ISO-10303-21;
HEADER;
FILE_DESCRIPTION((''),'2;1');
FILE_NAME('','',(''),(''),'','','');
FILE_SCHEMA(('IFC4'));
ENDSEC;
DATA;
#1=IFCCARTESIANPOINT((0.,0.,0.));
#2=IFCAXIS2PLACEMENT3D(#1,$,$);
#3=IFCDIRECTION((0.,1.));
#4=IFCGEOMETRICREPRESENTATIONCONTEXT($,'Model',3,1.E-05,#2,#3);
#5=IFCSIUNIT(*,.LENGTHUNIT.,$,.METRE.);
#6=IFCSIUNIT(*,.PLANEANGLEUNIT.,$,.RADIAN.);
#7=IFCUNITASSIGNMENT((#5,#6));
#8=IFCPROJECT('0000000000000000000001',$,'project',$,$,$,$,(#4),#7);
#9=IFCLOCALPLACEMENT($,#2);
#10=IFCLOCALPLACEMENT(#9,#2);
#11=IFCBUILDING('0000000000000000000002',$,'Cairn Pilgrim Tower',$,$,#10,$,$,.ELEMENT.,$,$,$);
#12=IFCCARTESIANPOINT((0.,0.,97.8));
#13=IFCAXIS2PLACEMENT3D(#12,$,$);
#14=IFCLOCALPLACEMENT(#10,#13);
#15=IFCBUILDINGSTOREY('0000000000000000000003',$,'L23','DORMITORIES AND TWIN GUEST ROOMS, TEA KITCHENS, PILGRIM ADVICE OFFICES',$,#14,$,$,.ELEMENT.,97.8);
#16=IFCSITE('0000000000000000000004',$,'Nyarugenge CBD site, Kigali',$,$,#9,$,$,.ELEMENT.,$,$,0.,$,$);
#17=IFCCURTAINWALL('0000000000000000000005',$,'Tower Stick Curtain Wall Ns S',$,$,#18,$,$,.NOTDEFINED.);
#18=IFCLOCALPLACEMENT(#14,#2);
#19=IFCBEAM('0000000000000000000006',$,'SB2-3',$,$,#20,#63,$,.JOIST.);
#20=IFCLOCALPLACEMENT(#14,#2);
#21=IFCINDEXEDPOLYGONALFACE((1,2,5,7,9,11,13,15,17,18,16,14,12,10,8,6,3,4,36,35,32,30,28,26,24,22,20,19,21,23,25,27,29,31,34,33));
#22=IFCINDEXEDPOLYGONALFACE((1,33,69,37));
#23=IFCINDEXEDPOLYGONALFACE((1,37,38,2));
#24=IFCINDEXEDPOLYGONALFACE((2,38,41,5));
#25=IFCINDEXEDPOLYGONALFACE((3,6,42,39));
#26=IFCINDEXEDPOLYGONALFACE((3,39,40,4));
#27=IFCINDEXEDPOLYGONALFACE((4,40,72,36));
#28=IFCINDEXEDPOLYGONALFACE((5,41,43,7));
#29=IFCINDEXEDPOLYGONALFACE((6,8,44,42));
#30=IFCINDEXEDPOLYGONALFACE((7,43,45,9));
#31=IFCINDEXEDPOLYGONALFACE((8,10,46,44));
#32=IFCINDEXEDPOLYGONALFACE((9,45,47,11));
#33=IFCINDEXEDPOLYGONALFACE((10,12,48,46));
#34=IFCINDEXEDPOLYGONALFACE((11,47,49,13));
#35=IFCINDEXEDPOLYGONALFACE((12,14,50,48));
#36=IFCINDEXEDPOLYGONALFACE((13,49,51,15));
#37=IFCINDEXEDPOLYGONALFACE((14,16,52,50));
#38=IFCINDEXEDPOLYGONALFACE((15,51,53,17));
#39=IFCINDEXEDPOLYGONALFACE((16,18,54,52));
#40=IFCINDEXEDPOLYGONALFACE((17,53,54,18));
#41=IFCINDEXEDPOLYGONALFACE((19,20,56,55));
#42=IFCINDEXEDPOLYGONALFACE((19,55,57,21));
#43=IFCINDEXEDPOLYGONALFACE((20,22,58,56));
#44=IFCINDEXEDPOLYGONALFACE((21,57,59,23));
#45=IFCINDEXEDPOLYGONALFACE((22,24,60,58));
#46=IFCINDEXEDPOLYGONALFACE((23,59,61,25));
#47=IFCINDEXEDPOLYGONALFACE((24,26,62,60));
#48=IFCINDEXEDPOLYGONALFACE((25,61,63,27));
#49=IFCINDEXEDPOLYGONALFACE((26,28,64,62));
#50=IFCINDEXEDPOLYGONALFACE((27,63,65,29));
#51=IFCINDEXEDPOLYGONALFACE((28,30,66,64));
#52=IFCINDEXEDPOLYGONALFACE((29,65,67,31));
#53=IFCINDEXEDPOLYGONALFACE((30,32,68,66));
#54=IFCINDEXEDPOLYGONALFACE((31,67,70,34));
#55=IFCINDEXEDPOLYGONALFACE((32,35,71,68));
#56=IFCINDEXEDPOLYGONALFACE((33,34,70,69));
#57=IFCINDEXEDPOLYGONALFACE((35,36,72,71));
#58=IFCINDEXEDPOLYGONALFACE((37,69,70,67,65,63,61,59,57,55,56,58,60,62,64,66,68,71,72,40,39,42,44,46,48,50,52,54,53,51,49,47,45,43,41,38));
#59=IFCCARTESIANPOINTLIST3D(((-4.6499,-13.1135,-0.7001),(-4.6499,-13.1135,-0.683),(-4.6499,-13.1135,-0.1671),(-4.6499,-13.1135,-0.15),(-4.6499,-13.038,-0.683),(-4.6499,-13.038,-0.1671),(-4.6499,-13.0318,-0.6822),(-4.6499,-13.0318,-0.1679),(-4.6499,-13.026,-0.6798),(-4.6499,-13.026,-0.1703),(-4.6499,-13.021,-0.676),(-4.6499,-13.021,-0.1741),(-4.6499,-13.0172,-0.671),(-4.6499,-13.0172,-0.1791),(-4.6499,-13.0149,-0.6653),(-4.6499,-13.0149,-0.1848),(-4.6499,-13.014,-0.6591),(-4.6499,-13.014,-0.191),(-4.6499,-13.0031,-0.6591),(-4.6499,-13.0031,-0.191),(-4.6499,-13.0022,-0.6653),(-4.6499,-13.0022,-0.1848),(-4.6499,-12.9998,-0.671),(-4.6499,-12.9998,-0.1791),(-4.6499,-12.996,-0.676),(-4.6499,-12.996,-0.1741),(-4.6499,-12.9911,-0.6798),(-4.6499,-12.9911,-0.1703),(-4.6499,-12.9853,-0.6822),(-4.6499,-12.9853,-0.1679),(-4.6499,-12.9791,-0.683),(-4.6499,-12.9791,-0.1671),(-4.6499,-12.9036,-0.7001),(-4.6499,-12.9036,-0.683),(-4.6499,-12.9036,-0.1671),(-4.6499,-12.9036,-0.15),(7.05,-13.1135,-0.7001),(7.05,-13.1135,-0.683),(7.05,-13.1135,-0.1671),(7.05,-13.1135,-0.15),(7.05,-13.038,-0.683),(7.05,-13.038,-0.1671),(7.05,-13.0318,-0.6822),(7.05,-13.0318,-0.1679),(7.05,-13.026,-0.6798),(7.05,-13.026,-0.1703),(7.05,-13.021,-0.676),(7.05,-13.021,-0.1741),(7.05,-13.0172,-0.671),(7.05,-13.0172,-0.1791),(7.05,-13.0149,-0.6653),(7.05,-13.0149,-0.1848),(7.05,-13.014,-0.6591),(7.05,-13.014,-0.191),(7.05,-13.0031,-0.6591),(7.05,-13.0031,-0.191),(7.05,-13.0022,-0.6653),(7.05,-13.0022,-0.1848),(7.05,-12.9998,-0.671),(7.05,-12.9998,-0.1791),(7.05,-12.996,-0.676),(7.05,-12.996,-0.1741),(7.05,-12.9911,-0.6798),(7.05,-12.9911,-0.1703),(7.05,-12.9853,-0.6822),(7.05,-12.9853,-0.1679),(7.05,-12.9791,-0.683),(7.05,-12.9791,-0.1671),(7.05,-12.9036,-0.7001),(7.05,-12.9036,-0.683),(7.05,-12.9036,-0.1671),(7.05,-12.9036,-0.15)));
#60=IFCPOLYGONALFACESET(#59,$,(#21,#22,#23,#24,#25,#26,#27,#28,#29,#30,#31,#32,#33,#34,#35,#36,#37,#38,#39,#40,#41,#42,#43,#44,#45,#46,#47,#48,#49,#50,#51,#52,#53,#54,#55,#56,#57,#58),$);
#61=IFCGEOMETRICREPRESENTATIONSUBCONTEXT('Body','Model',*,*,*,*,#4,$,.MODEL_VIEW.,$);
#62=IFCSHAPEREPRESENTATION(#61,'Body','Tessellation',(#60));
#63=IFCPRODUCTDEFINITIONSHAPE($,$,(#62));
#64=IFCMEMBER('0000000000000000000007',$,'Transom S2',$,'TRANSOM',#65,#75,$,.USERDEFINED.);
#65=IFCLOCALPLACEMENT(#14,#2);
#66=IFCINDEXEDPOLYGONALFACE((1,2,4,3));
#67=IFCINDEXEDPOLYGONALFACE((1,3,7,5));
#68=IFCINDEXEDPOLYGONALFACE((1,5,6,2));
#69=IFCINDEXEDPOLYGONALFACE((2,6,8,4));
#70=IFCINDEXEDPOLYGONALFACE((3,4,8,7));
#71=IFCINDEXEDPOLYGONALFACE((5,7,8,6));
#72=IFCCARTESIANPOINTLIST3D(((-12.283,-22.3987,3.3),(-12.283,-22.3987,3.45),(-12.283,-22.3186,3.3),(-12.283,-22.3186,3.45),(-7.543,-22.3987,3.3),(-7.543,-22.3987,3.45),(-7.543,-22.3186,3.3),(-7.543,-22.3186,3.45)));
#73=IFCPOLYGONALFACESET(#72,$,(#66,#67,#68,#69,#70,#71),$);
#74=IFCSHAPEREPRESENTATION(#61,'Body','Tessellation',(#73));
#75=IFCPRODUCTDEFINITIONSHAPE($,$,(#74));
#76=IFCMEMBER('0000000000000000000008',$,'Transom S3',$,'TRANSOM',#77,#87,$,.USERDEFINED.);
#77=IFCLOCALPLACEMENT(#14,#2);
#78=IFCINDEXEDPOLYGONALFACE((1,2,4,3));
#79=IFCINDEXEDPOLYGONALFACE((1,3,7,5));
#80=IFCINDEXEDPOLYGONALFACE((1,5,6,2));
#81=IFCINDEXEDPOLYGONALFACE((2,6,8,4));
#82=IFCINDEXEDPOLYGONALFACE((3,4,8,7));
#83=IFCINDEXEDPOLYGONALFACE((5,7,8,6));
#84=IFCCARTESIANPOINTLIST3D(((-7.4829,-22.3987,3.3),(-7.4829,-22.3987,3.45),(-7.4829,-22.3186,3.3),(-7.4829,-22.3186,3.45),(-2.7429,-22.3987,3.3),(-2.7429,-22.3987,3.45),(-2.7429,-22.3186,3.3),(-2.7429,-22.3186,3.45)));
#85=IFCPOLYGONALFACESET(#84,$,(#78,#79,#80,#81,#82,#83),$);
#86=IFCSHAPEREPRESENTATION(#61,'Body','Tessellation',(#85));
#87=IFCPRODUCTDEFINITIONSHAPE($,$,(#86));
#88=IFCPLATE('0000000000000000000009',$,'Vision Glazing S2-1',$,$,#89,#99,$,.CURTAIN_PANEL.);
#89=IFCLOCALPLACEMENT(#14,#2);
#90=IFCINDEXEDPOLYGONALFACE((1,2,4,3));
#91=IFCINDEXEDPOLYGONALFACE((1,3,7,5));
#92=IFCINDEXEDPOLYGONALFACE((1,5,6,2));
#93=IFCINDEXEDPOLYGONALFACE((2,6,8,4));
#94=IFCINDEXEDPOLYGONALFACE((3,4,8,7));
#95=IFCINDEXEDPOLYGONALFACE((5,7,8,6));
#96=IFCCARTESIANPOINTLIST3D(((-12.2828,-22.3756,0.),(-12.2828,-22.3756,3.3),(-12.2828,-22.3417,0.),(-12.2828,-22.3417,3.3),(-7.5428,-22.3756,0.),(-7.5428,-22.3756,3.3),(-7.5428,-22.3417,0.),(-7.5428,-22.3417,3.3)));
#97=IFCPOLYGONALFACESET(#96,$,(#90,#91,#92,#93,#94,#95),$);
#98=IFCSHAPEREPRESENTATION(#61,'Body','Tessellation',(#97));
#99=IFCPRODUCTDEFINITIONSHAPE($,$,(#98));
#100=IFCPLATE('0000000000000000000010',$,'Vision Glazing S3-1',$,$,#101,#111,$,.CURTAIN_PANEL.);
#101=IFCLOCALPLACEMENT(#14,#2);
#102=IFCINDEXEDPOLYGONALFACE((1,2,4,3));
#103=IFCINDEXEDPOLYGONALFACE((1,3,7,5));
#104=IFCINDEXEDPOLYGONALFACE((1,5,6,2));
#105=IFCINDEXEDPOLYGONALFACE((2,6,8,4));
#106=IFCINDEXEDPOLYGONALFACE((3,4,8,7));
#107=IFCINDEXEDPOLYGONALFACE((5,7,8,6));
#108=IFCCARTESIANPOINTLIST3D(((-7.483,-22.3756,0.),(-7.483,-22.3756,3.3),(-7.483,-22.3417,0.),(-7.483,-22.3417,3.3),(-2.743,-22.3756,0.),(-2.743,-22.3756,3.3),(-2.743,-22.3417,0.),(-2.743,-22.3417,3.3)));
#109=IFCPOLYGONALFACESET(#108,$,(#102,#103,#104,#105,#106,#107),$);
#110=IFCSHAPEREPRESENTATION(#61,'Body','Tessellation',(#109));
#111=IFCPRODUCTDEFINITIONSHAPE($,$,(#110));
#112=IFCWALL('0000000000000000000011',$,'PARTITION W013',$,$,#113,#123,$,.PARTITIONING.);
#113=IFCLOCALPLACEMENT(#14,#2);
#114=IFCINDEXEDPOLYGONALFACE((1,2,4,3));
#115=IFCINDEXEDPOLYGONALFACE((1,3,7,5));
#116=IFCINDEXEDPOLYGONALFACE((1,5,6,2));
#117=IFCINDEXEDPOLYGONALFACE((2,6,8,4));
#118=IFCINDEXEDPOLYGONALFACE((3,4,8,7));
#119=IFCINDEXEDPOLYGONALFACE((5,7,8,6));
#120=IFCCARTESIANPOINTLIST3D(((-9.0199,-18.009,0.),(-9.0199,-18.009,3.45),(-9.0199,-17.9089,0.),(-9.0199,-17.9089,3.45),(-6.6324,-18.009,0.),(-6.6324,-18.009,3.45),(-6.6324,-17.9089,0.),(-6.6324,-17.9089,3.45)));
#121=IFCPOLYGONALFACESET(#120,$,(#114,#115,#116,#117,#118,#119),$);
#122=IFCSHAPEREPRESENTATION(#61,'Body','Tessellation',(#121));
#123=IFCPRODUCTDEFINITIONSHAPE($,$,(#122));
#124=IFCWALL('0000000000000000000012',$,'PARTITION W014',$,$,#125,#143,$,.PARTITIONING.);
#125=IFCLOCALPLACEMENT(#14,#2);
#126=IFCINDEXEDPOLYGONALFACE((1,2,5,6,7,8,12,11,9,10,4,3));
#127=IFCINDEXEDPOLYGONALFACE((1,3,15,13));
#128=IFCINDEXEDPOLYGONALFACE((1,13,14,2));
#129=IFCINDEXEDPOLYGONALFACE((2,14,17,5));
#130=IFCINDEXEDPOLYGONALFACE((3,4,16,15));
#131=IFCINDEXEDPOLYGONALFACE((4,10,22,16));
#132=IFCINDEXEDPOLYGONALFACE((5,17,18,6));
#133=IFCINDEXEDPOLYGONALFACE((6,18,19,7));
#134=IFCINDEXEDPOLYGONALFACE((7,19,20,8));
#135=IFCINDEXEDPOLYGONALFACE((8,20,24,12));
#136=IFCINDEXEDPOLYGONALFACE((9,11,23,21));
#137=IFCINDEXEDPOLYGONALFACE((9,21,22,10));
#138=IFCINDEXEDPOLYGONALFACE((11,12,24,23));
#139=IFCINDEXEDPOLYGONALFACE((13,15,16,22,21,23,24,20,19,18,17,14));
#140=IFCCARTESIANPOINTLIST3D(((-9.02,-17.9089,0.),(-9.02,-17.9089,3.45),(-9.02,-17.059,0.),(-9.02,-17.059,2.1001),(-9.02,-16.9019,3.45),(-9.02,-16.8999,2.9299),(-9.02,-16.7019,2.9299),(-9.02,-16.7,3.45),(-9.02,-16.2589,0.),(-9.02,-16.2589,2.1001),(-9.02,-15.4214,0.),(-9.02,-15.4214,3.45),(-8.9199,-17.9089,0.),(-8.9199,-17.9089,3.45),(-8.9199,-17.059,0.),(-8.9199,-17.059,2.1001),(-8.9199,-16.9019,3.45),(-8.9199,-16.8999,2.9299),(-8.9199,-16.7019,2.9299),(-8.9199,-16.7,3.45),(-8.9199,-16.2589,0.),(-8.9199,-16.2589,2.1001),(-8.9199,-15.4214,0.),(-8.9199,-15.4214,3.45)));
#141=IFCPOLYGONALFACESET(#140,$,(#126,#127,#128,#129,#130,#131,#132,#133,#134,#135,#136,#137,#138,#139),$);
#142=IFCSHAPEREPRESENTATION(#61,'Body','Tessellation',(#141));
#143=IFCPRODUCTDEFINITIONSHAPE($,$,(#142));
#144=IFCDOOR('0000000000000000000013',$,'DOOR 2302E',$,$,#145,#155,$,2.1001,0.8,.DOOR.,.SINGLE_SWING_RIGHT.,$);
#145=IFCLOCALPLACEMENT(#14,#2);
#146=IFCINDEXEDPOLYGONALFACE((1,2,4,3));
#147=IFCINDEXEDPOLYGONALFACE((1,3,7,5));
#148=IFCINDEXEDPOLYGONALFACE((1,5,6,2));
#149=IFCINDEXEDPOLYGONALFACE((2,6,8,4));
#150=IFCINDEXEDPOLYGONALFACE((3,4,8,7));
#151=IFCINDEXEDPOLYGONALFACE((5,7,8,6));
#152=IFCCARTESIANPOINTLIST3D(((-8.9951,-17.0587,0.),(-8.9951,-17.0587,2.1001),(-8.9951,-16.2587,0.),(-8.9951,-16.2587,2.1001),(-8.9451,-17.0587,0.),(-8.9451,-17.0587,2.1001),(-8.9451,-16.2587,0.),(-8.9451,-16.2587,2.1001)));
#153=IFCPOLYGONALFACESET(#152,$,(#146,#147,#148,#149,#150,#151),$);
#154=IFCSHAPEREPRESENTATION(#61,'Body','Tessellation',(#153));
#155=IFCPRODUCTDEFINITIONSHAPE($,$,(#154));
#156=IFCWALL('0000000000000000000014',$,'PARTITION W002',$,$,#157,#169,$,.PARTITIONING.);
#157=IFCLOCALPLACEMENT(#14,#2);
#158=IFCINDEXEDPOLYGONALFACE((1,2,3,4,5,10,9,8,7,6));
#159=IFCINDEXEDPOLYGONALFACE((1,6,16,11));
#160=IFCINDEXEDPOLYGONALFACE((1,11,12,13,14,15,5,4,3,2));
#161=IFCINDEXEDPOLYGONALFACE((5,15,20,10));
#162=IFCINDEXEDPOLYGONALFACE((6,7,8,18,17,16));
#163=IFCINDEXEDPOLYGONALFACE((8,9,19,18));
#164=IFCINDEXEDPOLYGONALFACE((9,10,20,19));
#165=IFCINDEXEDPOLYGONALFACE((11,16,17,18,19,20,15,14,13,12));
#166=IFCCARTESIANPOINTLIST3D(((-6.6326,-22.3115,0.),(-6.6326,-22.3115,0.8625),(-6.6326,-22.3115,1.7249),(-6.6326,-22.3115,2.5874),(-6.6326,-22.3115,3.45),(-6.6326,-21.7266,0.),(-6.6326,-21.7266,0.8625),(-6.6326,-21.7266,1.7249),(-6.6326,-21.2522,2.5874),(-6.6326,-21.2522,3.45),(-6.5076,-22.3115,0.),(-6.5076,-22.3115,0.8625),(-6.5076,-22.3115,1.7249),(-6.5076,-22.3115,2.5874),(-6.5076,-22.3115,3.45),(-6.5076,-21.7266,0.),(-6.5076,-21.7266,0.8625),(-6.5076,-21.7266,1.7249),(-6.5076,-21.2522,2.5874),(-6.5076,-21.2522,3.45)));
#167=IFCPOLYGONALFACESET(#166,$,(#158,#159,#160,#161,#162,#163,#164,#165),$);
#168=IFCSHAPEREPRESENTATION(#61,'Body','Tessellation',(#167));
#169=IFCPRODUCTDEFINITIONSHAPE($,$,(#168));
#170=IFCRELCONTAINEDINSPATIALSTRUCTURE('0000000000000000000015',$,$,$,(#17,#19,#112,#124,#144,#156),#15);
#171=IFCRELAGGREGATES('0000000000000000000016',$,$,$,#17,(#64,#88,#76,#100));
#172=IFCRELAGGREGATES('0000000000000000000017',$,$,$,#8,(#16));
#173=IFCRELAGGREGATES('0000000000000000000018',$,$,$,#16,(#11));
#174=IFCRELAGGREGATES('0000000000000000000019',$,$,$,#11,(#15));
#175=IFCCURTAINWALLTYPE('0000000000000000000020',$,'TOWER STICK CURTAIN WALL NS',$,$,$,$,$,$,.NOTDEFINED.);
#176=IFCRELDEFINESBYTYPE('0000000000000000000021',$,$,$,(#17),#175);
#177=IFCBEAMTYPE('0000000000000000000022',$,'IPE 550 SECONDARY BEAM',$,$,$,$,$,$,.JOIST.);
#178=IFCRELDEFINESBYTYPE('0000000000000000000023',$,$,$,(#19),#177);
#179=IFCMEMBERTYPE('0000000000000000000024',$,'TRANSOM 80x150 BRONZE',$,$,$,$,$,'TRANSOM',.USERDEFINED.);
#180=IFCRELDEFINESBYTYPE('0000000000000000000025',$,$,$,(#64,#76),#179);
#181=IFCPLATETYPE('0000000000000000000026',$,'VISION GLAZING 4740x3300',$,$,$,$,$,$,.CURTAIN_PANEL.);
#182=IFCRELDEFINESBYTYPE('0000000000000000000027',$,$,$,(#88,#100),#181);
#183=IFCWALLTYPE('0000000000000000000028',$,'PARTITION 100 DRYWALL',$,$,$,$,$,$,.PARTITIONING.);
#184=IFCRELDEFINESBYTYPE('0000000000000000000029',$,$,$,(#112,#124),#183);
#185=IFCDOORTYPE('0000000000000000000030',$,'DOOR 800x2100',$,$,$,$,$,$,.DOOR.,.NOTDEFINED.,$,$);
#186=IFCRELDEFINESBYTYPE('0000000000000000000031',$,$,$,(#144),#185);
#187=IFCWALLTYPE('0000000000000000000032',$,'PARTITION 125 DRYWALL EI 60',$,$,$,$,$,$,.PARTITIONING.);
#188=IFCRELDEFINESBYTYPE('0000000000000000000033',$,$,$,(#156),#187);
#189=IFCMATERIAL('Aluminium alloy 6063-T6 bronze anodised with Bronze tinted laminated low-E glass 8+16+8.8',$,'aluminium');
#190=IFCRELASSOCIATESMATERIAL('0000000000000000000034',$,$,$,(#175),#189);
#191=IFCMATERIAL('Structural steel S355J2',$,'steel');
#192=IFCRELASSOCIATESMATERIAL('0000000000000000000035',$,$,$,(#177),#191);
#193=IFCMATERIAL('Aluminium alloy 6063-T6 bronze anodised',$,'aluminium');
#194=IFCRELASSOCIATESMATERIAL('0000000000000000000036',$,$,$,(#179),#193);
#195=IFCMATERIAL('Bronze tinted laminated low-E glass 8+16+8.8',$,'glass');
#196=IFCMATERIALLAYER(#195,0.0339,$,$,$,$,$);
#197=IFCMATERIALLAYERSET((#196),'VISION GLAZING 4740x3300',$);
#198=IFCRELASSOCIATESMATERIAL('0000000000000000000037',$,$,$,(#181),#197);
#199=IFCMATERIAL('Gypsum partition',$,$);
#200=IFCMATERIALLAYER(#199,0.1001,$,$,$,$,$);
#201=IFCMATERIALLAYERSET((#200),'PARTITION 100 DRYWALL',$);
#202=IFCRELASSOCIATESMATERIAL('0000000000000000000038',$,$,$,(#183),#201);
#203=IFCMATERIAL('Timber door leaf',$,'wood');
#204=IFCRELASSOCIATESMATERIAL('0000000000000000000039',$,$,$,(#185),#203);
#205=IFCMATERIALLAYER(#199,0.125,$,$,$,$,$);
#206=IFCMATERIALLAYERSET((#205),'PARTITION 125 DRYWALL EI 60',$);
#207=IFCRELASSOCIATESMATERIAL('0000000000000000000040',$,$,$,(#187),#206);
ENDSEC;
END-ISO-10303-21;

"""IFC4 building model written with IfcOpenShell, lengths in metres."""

from ifc_helpers import new_model, si_unit, direction, frame, frame_2d, origin, origin_2d, place, context, subcontext, project, spatial, polyline, rectangle, i_section, outline, extrude, material, layer, layer_set, material_profile, profile_set, type_object, element, fill, aggregate, save


model = new_model("IFC4")

# Units and contexts
model_context = context("Model", 3, precision=1e-05, world=origin(), true_north=direction((0.0, 1.0)))
body_context = subcontext(model_context, "Body", "Model", "MODEL_VIEW")
ifc_project = project(units=[si_unit("LENGTHUNIT", "METRE"), si_unit("PLANEANGLEUNIT", "RADIAN")], contexts=[model_context])

# Site, building, storey
site_placement = place(None, origin())
site = spatial("IfcSite", under=ifc_project, at=site_placement, Name="Nyarugenge CBD site, Kigali", CompositionType="ELEMENT", RefElevation=0.0)
building_placement = place(site_placement, origin())
building = spatial("IfcBuilding", under=site, at=building_placement, Name="Cairn Pilgrim Tower", CompositionType="ELEMENT")
storey_placement = place(building_placement, frame((0.0, 0.0, 97.8)))
storey = spatial("IfcBuildingStorey", under=building, at=storey_placement, Name="L23", Description="DORMITORIES AND TWIN GUEST ROOMS, TEA KITCHENS, PILGRIM ADVICE OFFICES", CompositionType="ELEMENT", Elevation=97.8)

# Curtain wall
ifc_material_1 = material(Name="Aluminium alloy 6063-T6 bronze anodised with Bronze tinted laminated low-E glass 8+16+8.8", Category="aluminium")
curtain_wall_type = type_object("IfcCurtainWallType", Name="TOWER STICK CURTAIN WALL NS", PredefinedType="NOTDEFINED", material=ifc_material_1)
curtain_wall_placement = place(storey_placement, origin())
curtain_wall = element("IfcCurtainWall", 1, at=curtain_wall_placement, inside=storey, type_object=curtain_wall_type, Name="Tower Stick Curtain Wall Ns S", PredefinedType="NOTDEFINED")
ifc_material_2 = material(Name="Aluminium alloy 6063-T6 bronze anodised", Category="aluminium")

# Beam
ifc_material_3 = material(Name="Structural steel S355J2", Category="steel")
ifc_material_profile_1 = material_profile(ifc_material_3, i_section(OverallWidth=0.21, OverallDepth=0.55, WebThickness=0.011, FlangeThickness=0.0171, FilletRadius=0.0239, at=origin_2d()), Name="IPE 550")
ifc_profile_set_1 = profile_set([ifc_material_profile_1], Name="Structural steel S355J2")
beam_type_1 = type_object("IfcBeamType", Name="IPE 550 SECONDARY BEAM", PredefinedType="JOIST", material=ifc_profile_set_1)
for number, where, z_axis, x_axis, name in (
    (2, (-4.6499, -13.0085, -0.425), (1.0, 0.0, 0.0), (0.0, 1.0, 0.0), "SB2-3"),
):
    element("IfcBeam", number, at=place(storey_placement, frame(where, z_axis=z_axis, x_axis=x_axis)), inside=storey, type_object=beam_type_1, Name=name, PredefinedType="JOIST", context=body_context, shape_type="SweptSolid", body=[
        extrude(i_section(OverallWidth=0.21, OverallDepth=0.55, WebThickness=0.011, FlangeThickness=0.0171, FilletRadius=0.0239, at=origin_2d()), origin(), (0.0, 0.0, 1.0), 11.7),
    ])

# Members
ifc_material_profile_2 = material_profile(ifc_material_2, rectangle(XDim=0.0801, YDim=0.1499, at=origin_2d()), Name="TRANSOM 80x150 BRONZE")
ifc_profile_set_2 = profile_set([ifc_material_profile_2], Name="Aluminium alloy 6063-T6 bronze anodised")
member_type_1 = type_object("IfcMemberType", Name="TRANSOM 80x150 BRONZE", ElementType="TRANSOM", PredefinedType="USERDEFINED", material=ifc_profile_set_2)
member_1_placement = place(storey_placement, frame((-12.283, -22.3586, 3.375), z_axis=(1.0, 0.0, 0.0), x_axis=(0.0, 1.0, 0.0)))
member_1 = element("IfcMember", 3, at=member_1_placement, type_object=member_type_1, Name="Transom S2", ObjectType="TRANSOM", PredefinedType="USERDEFINED", context=body_context, shape_type="SweptSolid", body=[
    extrude(rectangle(XDim=0.0801, YDim=0.1499, at=origin_2d()), origin(), (0.0, 0.0, 1.0), 4.74),
])
member_2_placement = place(storey_placement, frame((-7.4829, -22.3586, 3.375), z_axis=(1.0, 0.0, 0.0), x_axis=(0.0, 1.0, 0.0)))
member_2 = element("IfcMember", 4, at=member_2_placement, type_object=member_type_1, Name="Transom S3", ObjectType="TRANSOM", PredefinedType="USERDEFINED", context=body_context, shape_type="SweptSolid", body=[
    extrude(rectangle(XDim=0.0801, YDim=0.1499, at=origin_2d()), origin(), (0.0, 0.0, 1.0), 4.74),
])

# Plates
ifc_material_4 = material(Name="Bronze tinted laminated low-E glass 8+16+8.8", Category="glass")
ifc_layer_1 = layer(ifc_material_4, 0.0339)
ifc_layer_set_1 = layer_set([ifc_layer_1], Name="VISION GLAZING 4740x3300")
plate_type = type_object("IfcPlateType", Name="VISION GLAZING 4740x3300", PredefinedType="CURTAIN_PANEL", material=ifc_layer_set_1)
plate_1_placement = place(storey_placement, frame((-9.9128, -22.3586, 0.0), z_axis=(0.0, 0.0, 1.0), x_axis=(1.0, 0.0, 0.0)))
plate_1 = element("IfcPlate", 5, at=plate_1_placement, type_object=plate_type, Name="Vision Glazing S2-1", PredefinedType="CURTAIN_PANEL", context=body_context, shape_type="SweptSolid", body=[
    extrude(rectangle(XDim=4.74, YDim=0.0339, at=origin_2d()), origin(), (0.0, 0.0, 1.0), 3.3),
])
plate_2_placement = place(storey_placement, frame((-5.113, -22.3586, 0.0), z_axis=(0.0, 0.0, 1.0), x_axis=(1.0, 0.0, 0.0)))
plate_2 = element("IfcPlate", 6, at=plate_2_placement, type_object=plate_type, Name="Vision Glazing S3-1", PredefinedType="CURTAIN_PANEL", context=body_context, shape_type="SweptSolid", body=[
    extrude(rectangle(XDim=4.74, YDim=0.0339, at=origin_2d()), origin(), (0.0, 0.0, 1.0), 3.3),
])
aggregate(curtain_wall, [member_1, plate_1, member_2, plate_2])

# Wall
ifc_material_5 = material(Name="Gypsum partition")
ifc_layer_2 = layer(ifc_material_5, 0.1001)
ifc_layer_set_2 = layer_set([ifc_layer_2], Name="PARTITION 100 DRYWALL")
wall_type_1 = type_object("IfcWallType", Name="PARTITION 100 DRYWALL", PredefinedType="PARTITIONING", material=ifc_layer_set_2)
wall_1_placement = place(storey_placement, frame((-9.02, -17.959, 0.0), z_axis=(0.0, 0.0, 1.0), x_axis=(1.0, 0.0, 0.0)))
element("IfcWall", 7, at=wall_1_placement, inside=storey, type_object=wall_type_1, Name="PARTITION W013", PredefinedType="PARTITIONING", context=body_context, shape_type="SweptSolid", body=[
    extrude(rectangle(XDim=2.3875, YDim=0.1001, at=frame_2d((1.1938, 0.0))), origin(), (0.0, 0.0, 1.0), 3.45),
])

# Wall, opening, door
wall_2_placement = place(storey_placement, frame((-8.97, -17.9089, 0.0), z_axis=(0.0, 0.0, 1.0), x_axis=(0.0, 1.0, 0.0)))
wall_2 = element("IfcWall", 8, at=wall_2_placement, inside=storey, type_object=wall_type_1, Name="PARTITION W014", PredefinedType="PARTITIONING", context=body_context, shape_type="SweptSolid", body=[
    extrude(outline(polyline([(0.0, 0.0), (2.4875, 0.0), (2.4875, 3.45), (1.209, 3.45), (1.207, 2.9299), (1.009, 2.9299), (1.0071, 3.45), (0.0, 3.45), (0.0, 0.0)])), frame((0.0, 0.05, 0.0), z_axis=(0.0, -1.0, 0.0), x_axis=(1.0, 0.0, 0.0)), (0.0, 0.0, 1.0), 0.1001),
])
opening_1_placement = place(wall_2_placement, frame((0.8501, 0.0, 0.0)))
opening_1 = element("IfcOpeningElement", 9, at=opening_1_placement, cuts=wall_2, PredefinedType="OPENING", context=body_context, shape_type="SweptSolid", body=[
    extrude(rectangle(XDim=0.8, YDim=2.1001, at=frame_2d((0.3999, 1.05))), frame((0.0, 0.0601, 0.0), z_axis=(0.0, -1.0, 0.0), x_axis=(1.0, 0.0, 0.0)), (0.0, 0.0, 1.0), 0.1201),
])
ifc_material_6 = material(Name="Timber door leaf", Category="wood")
door_type_1 = type_object("IfcDoorType", Name="DOOR 800x2100", OperationType="NOTDEFINED", PredefinedType="DOOR", material=ifc_material_6)
door_1_placement = place(opening_1_placement, frame((0.8, 0.0, 0.0), z_axis=(0.0, 0.0, 1.0), x_axis=(-1.0, 0.0, 0.0)))
door_1 = element("IfcDoor", 10, at=door_1_placement, inside=storey, type_object=door_type_1, Name="DOOR 2302E", OperationType="SINGLE_SWING_RIGHT", OverallHeight=2.1001, OverallWidth=0.8, PredefinedType="DOOR", context=body_context, shape_type="SweptSolid", body=[
    extrude(rectangle(XDim=0.8, YDim=2.1001, at=frame_2d((0.3999, 1.05))), frame((0.0, 0.0249, 0.0), z_axis=(0.0, -1.0, 0.0), x_axis=(1.0, 0.0, 0.0)), (0.0, 0.0, 1.0), 0.05),
])
fill(opening_1, door_1)

# Wall
ifc_layer_3 = layer(ifc_material_5, 0.125)
ifc_layer_set_3 = layer_set([ifc_layer_3], Name="PARTITION 125 DRYWALL EI 60")
wall_type_2 = type_object("IfcWallType", Name="PARTITION 125 DRYWALL EI 60", PredefinedType="PARTITIONING", material=ifc_layer_set_3)
wall_3_placement = place(storey_placement, frame((-6.5701, -22.3115, 0.0), z_axis=(0.0, 0.0, 1.0), x_axis=(0.0, 1.0, 0.0)))
element("IfcWall", 11, at=wall_3_placement, inside=storey, type_object=wall_type_2, Name="PARTITION W002", PredefinedType="PARTITIONING", context=body_context, shape_type="SweptSolid", body=[
    extrude(outline(polyline([(0.0, 0.0), (0.585, 0.0), (0.585, 0.8625), (0.585, 1.7249), (1.0593, 2.5874), (1.0593, 3.45), (0.0, 3.45), (0.0, 2.5874), (0.0, 1.7249), (0.0, 0.8625), (0.0, 0.0)])), frame((0.0, 0.0625, 0.0), z_axis=(0.0, -1.0, 0.0), x_axis=(1.0, 0.0, 0.0)), (0.0, 0.0, 1.0), 0.125),
])

save(model, "model.ifc")
